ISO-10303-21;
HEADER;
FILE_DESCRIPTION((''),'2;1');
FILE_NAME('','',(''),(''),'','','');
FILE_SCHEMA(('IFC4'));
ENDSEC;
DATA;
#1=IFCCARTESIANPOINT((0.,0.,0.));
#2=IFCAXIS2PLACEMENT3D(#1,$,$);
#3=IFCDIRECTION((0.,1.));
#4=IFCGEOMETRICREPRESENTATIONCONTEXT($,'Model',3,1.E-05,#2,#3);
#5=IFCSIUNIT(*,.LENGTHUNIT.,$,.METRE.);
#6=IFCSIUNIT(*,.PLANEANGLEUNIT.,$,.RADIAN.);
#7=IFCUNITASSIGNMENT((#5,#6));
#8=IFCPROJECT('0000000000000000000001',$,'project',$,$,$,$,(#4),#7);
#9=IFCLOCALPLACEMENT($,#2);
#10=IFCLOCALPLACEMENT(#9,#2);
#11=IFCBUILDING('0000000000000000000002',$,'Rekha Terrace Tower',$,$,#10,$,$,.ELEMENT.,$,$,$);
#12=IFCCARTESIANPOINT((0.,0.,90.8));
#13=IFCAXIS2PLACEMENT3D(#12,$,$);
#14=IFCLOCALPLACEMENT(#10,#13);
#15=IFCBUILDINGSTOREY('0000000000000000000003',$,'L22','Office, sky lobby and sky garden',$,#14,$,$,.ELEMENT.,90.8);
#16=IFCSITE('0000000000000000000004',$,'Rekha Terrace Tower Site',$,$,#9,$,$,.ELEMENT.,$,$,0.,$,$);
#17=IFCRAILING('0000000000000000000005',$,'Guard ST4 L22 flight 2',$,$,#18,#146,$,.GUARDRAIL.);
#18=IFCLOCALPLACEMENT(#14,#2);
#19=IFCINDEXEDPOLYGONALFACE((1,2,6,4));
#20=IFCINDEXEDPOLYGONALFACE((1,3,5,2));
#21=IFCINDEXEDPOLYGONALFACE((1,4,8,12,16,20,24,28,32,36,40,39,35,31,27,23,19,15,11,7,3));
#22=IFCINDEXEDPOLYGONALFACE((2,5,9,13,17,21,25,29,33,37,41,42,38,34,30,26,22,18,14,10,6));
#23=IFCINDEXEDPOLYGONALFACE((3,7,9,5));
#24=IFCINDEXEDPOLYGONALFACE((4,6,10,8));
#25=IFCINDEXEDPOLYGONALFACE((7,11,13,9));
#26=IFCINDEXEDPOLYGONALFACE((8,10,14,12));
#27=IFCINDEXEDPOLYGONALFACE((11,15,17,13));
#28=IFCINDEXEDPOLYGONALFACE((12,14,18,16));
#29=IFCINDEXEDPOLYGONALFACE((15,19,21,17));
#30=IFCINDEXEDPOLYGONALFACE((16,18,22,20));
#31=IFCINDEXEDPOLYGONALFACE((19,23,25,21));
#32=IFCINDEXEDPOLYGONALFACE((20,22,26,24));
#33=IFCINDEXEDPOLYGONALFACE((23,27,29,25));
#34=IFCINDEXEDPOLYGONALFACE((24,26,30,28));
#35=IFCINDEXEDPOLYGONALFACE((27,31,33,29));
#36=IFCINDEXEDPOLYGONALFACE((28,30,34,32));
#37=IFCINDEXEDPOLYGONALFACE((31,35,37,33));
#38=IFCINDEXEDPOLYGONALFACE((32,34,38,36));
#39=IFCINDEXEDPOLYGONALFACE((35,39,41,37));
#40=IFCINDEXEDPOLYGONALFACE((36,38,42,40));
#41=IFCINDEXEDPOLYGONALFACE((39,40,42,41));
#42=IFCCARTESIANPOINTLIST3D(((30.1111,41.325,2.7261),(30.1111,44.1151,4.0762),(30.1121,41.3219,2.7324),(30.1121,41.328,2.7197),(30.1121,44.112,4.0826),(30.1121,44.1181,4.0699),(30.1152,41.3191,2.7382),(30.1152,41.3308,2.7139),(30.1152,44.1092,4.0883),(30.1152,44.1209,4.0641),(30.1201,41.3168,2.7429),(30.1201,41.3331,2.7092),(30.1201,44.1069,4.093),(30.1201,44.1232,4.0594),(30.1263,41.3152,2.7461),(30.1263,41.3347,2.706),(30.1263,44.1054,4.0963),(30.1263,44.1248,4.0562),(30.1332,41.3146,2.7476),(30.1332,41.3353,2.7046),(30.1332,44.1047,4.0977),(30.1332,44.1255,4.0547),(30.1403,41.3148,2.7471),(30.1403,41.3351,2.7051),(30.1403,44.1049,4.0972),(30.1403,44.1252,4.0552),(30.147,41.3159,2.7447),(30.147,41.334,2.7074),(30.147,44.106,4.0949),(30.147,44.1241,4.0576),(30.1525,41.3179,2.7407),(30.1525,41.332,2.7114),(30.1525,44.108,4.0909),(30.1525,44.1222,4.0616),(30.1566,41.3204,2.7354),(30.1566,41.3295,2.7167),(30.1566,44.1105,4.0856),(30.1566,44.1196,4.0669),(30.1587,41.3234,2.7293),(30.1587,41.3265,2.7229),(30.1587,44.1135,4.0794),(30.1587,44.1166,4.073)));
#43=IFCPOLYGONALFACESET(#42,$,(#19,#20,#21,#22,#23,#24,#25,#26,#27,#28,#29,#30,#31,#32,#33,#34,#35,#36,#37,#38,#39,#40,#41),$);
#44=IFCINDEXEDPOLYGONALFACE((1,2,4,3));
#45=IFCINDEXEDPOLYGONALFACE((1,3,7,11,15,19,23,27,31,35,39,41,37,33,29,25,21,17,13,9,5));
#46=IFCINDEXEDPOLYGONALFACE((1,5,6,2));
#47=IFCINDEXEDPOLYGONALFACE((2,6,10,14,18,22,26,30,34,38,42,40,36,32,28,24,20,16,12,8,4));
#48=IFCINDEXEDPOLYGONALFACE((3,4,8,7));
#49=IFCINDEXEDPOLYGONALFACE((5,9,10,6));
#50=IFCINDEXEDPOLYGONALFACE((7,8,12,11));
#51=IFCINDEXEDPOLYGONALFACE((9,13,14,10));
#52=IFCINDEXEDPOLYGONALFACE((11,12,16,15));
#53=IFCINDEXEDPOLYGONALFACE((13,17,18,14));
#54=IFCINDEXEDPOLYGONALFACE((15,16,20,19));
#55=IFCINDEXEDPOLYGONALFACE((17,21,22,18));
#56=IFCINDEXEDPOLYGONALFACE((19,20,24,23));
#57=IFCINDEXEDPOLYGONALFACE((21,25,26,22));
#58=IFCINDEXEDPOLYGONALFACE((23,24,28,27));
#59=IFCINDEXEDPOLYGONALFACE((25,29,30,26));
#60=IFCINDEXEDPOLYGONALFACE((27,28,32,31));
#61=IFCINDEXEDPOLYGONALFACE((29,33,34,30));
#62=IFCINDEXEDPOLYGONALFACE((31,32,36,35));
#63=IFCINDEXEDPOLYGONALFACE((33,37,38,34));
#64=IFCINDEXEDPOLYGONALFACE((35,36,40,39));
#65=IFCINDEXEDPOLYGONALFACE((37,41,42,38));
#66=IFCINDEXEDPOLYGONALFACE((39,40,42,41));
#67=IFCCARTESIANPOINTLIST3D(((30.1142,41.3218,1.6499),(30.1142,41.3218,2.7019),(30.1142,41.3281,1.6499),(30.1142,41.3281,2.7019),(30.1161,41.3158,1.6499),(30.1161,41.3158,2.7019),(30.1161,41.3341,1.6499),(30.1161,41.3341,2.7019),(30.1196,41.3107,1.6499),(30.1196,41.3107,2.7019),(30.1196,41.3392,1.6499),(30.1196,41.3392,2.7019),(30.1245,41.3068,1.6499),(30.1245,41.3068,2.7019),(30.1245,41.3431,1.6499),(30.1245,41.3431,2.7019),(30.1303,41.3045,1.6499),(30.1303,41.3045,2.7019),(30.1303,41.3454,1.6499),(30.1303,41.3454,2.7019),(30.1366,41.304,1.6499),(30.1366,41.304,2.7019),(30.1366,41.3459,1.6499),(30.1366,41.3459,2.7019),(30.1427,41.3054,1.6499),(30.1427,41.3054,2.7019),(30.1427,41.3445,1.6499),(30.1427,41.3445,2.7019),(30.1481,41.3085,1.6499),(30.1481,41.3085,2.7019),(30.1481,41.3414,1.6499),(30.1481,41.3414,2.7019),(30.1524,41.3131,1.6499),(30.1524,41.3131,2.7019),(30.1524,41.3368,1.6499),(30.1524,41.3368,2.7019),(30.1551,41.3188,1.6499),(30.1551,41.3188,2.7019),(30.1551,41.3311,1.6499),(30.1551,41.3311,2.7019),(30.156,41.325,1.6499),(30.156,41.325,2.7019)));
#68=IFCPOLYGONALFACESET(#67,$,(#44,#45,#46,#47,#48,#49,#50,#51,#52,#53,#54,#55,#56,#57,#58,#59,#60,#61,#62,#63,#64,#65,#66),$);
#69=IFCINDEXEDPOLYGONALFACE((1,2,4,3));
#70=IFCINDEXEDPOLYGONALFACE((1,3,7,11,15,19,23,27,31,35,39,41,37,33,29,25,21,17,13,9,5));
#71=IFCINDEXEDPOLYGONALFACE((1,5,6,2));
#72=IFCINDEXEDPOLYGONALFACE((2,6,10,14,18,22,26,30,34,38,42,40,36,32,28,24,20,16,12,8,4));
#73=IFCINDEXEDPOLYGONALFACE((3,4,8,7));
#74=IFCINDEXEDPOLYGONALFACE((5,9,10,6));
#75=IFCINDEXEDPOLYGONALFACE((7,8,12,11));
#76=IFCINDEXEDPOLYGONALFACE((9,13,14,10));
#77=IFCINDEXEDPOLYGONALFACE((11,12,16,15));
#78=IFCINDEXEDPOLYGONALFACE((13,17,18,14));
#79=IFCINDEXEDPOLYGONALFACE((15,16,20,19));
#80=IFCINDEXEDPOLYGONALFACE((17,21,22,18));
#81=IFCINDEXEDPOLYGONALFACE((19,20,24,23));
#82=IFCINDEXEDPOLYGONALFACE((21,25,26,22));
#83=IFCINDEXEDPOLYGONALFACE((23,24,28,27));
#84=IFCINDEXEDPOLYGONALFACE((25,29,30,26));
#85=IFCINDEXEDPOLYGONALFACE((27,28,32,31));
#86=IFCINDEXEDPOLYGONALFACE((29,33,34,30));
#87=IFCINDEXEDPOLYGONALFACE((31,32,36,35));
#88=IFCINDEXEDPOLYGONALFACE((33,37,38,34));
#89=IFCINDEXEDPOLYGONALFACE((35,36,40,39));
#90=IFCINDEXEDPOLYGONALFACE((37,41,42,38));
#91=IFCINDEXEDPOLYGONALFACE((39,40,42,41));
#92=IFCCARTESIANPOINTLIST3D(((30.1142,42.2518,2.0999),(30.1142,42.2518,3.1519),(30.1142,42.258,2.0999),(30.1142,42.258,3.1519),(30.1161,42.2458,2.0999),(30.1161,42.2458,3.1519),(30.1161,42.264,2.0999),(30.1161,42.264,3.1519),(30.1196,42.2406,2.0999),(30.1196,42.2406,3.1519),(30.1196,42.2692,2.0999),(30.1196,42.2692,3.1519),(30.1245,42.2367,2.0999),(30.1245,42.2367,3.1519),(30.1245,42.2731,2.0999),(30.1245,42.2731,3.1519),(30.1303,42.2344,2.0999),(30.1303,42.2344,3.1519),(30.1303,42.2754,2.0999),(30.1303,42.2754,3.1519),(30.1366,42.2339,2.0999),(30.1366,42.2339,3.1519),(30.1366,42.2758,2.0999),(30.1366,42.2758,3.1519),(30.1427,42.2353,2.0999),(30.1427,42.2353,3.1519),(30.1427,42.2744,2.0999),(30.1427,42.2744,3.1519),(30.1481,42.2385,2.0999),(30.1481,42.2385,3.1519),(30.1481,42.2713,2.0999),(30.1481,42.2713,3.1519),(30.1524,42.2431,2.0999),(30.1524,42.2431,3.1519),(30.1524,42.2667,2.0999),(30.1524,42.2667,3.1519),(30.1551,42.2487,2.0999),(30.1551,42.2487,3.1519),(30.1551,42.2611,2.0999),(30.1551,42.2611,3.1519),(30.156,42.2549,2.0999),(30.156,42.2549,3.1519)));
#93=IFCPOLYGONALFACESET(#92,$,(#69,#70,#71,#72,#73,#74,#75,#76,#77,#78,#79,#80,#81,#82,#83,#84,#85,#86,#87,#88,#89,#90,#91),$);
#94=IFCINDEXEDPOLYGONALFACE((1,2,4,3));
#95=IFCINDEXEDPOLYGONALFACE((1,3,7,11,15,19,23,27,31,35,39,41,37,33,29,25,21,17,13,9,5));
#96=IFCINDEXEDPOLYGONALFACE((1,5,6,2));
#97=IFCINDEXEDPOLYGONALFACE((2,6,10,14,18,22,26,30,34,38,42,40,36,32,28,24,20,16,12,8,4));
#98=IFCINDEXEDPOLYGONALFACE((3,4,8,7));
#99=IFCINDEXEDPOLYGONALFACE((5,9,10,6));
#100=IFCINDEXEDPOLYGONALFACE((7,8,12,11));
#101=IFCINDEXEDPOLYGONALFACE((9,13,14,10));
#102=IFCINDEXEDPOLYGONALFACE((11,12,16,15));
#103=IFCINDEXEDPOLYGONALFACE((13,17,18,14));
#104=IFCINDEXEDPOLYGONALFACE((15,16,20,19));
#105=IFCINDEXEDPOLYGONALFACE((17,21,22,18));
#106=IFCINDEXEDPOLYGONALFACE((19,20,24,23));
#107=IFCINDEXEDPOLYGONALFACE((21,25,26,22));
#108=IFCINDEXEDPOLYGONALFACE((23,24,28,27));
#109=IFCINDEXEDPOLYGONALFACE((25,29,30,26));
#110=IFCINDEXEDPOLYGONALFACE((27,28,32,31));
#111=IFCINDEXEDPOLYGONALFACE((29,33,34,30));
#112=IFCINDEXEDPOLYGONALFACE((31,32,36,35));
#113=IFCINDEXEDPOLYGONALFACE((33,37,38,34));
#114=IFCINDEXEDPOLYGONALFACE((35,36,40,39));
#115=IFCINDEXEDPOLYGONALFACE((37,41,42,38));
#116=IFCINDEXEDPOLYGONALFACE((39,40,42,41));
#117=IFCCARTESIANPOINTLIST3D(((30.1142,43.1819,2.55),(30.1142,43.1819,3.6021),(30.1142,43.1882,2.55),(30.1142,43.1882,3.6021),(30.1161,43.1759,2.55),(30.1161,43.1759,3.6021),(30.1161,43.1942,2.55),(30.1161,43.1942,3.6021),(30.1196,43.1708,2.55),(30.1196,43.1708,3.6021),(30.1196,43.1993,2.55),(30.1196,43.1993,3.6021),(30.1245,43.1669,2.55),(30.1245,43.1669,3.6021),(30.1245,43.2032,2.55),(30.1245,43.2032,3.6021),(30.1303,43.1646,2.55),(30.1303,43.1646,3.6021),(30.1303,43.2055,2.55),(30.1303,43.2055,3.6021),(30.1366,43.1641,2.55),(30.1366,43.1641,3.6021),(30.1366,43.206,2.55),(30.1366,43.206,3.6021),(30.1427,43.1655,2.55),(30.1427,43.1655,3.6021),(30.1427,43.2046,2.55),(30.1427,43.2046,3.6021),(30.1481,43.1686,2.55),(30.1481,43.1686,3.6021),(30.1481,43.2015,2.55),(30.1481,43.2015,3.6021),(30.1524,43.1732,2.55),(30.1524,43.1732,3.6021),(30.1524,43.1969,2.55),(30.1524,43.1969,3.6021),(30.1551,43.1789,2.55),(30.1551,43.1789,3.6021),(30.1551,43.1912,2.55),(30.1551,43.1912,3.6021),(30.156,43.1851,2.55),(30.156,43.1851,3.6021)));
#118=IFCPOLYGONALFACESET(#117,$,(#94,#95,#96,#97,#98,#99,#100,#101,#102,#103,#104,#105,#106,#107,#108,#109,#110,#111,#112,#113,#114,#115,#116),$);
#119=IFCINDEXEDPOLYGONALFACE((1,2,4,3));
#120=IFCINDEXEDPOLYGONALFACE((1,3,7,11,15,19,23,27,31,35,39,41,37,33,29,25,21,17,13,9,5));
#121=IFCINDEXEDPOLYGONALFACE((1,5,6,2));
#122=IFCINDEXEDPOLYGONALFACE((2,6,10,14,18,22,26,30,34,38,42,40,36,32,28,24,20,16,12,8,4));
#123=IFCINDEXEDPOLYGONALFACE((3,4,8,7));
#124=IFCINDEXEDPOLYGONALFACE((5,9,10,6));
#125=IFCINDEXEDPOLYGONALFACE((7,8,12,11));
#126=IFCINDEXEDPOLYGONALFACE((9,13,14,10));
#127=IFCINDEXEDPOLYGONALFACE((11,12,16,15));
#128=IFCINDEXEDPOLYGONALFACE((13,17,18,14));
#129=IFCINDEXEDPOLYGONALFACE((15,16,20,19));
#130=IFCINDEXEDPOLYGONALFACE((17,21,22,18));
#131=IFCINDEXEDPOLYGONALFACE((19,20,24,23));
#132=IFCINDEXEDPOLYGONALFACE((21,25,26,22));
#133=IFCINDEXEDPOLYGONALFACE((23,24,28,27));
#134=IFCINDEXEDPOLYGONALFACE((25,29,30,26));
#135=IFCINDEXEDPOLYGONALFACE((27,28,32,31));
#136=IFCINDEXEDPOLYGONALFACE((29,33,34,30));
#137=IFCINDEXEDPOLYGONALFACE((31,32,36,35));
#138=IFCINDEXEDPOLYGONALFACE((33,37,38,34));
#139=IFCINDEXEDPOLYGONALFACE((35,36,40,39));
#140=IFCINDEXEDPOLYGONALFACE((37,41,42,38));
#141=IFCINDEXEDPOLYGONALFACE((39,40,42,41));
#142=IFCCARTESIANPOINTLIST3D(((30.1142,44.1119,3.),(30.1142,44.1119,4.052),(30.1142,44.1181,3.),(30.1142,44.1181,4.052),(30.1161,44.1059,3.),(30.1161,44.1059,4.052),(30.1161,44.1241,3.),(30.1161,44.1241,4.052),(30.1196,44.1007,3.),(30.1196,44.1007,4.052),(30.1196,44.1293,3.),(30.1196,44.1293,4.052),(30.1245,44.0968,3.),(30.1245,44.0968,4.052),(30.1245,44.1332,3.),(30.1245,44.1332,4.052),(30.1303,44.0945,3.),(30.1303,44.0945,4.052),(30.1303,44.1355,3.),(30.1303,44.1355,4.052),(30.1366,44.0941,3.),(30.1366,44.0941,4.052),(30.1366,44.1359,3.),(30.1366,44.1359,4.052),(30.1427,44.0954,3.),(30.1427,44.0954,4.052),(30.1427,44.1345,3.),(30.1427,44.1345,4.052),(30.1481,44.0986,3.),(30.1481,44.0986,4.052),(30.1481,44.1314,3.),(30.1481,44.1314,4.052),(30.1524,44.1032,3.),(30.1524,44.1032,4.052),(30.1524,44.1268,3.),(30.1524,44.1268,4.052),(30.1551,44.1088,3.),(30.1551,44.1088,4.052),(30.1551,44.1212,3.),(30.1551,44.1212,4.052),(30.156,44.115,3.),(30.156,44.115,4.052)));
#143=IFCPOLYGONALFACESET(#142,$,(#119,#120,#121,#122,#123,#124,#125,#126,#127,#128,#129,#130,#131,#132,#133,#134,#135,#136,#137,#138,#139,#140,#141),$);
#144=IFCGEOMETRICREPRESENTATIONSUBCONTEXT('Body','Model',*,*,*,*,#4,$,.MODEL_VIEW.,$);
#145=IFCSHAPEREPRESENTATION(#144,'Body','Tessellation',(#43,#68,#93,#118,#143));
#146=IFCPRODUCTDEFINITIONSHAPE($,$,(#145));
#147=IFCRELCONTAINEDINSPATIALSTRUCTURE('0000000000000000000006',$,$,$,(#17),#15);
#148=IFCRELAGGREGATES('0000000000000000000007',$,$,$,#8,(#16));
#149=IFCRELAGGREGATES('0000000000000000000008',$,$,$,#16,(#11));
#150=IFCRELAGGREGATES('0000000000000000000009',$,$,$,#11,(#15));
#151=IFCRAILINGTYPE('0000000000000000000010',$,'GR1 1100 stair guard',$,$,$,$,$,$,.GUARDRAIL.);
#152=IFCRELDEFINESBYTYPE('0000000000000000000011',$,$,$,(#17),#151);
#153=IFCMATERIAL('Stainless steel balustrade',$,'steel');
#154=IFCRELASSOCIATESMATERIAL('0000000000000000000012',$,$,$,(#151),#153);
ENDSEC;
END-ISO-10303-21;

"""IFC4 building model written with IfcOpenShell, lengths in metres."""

from ifc_helpers import new_model, si_unit, direction, frame, origin, origin_2d, place, context, subcontext, project, spatial, circle, extrude, material, type_object, element, save


model = new_model("IFC4")

# Units and contexts
model_context = context("Model", 3, precision=1e-05, world=origin(), true_north=direction((0.0, 1.0)))
body_context = subcontext(model_context, "Body", "Model", "MODEL_VIEW")
ifc_project = project(units=[si_unit("LENGTHUNIT", "METRE"), si_unit("PLANEANGLEUNIT", "RADIAN")], contexts=[model_context])

# Site, building, storey
site_placement = place(None, origin())
site = spatial("IfcSite", under=ifc_project, at=site_placement, Name="Rekha Terrace Tower Site", CompositionType="ELEMENT", RefElevation=0.0)
building_placement = place(site_placement, origin())
building = spatial("IfcBuilding", under=site, at=building_placement, Name="Rekha Terrace Tower", CompositionType="ELEMENT")
storey_placement = place(building_placement, frame((0.0, 0.0, 90.8)))
storey = spatial("IfcBuildingStorey", under=building, at=storey_placement, Name="L22", Description="Office, sky lobby and sky garden", CompositionType="ELEMENT", Elevation=90.8)

# Railing
ifc_material_1 = material(Name="Stainless steel balustrade", Category="steel")
railing_type_1 = type_object("IfcRailingType", Name="GR1 1100 stair guard", PredefinedType="GUARDRAIL", material=ifc_material_1)
railing_1_placement = place(storey_placement, frame((30.135, 41.325, 1.6499)))
element("IfcRailing", 1, at=railing_1_placement, inside=storey, type_object=railing_type_1, Name="Guard ST4 L22 flight 2", PredefinedType="GUARDRAIL", context=body_context, shape_type="SweptSolid", body=[
    extrude(circle(Radius=0.0239, at=origin_2d()), frame((0.0, 0.0, 1.0762), z_axis=(0.0, 0.900149, 0.435582), x_axis=(-1.0, 0.0, 0.0)), (0.0, 0.0, 1.0), 3.0996),
    extrude(circle(Radius=0.021, at=origin_2d()), origin(), (0.0, 0.0, 1.0), 1.052),
    extrude(circle(Radius=0.021, at=origin_2d()), frame((0.0, 0.9299, 0.45)), (0.0, 0.0, 1.0), 1.052),
    extrude(circle(Radius=0.021, at=origin_2d()), frame((0.0, 1.8601, 0.9001)), (0.0, 0.0, 1.0), 1.052),
    extrude(circle(Radius=0.021, at=origin_2d()), frame((0.0, 2.79, 1.3501)), (0.0, 0.0, 1.0), 1.052),
])

save(model, "model.ifc")
